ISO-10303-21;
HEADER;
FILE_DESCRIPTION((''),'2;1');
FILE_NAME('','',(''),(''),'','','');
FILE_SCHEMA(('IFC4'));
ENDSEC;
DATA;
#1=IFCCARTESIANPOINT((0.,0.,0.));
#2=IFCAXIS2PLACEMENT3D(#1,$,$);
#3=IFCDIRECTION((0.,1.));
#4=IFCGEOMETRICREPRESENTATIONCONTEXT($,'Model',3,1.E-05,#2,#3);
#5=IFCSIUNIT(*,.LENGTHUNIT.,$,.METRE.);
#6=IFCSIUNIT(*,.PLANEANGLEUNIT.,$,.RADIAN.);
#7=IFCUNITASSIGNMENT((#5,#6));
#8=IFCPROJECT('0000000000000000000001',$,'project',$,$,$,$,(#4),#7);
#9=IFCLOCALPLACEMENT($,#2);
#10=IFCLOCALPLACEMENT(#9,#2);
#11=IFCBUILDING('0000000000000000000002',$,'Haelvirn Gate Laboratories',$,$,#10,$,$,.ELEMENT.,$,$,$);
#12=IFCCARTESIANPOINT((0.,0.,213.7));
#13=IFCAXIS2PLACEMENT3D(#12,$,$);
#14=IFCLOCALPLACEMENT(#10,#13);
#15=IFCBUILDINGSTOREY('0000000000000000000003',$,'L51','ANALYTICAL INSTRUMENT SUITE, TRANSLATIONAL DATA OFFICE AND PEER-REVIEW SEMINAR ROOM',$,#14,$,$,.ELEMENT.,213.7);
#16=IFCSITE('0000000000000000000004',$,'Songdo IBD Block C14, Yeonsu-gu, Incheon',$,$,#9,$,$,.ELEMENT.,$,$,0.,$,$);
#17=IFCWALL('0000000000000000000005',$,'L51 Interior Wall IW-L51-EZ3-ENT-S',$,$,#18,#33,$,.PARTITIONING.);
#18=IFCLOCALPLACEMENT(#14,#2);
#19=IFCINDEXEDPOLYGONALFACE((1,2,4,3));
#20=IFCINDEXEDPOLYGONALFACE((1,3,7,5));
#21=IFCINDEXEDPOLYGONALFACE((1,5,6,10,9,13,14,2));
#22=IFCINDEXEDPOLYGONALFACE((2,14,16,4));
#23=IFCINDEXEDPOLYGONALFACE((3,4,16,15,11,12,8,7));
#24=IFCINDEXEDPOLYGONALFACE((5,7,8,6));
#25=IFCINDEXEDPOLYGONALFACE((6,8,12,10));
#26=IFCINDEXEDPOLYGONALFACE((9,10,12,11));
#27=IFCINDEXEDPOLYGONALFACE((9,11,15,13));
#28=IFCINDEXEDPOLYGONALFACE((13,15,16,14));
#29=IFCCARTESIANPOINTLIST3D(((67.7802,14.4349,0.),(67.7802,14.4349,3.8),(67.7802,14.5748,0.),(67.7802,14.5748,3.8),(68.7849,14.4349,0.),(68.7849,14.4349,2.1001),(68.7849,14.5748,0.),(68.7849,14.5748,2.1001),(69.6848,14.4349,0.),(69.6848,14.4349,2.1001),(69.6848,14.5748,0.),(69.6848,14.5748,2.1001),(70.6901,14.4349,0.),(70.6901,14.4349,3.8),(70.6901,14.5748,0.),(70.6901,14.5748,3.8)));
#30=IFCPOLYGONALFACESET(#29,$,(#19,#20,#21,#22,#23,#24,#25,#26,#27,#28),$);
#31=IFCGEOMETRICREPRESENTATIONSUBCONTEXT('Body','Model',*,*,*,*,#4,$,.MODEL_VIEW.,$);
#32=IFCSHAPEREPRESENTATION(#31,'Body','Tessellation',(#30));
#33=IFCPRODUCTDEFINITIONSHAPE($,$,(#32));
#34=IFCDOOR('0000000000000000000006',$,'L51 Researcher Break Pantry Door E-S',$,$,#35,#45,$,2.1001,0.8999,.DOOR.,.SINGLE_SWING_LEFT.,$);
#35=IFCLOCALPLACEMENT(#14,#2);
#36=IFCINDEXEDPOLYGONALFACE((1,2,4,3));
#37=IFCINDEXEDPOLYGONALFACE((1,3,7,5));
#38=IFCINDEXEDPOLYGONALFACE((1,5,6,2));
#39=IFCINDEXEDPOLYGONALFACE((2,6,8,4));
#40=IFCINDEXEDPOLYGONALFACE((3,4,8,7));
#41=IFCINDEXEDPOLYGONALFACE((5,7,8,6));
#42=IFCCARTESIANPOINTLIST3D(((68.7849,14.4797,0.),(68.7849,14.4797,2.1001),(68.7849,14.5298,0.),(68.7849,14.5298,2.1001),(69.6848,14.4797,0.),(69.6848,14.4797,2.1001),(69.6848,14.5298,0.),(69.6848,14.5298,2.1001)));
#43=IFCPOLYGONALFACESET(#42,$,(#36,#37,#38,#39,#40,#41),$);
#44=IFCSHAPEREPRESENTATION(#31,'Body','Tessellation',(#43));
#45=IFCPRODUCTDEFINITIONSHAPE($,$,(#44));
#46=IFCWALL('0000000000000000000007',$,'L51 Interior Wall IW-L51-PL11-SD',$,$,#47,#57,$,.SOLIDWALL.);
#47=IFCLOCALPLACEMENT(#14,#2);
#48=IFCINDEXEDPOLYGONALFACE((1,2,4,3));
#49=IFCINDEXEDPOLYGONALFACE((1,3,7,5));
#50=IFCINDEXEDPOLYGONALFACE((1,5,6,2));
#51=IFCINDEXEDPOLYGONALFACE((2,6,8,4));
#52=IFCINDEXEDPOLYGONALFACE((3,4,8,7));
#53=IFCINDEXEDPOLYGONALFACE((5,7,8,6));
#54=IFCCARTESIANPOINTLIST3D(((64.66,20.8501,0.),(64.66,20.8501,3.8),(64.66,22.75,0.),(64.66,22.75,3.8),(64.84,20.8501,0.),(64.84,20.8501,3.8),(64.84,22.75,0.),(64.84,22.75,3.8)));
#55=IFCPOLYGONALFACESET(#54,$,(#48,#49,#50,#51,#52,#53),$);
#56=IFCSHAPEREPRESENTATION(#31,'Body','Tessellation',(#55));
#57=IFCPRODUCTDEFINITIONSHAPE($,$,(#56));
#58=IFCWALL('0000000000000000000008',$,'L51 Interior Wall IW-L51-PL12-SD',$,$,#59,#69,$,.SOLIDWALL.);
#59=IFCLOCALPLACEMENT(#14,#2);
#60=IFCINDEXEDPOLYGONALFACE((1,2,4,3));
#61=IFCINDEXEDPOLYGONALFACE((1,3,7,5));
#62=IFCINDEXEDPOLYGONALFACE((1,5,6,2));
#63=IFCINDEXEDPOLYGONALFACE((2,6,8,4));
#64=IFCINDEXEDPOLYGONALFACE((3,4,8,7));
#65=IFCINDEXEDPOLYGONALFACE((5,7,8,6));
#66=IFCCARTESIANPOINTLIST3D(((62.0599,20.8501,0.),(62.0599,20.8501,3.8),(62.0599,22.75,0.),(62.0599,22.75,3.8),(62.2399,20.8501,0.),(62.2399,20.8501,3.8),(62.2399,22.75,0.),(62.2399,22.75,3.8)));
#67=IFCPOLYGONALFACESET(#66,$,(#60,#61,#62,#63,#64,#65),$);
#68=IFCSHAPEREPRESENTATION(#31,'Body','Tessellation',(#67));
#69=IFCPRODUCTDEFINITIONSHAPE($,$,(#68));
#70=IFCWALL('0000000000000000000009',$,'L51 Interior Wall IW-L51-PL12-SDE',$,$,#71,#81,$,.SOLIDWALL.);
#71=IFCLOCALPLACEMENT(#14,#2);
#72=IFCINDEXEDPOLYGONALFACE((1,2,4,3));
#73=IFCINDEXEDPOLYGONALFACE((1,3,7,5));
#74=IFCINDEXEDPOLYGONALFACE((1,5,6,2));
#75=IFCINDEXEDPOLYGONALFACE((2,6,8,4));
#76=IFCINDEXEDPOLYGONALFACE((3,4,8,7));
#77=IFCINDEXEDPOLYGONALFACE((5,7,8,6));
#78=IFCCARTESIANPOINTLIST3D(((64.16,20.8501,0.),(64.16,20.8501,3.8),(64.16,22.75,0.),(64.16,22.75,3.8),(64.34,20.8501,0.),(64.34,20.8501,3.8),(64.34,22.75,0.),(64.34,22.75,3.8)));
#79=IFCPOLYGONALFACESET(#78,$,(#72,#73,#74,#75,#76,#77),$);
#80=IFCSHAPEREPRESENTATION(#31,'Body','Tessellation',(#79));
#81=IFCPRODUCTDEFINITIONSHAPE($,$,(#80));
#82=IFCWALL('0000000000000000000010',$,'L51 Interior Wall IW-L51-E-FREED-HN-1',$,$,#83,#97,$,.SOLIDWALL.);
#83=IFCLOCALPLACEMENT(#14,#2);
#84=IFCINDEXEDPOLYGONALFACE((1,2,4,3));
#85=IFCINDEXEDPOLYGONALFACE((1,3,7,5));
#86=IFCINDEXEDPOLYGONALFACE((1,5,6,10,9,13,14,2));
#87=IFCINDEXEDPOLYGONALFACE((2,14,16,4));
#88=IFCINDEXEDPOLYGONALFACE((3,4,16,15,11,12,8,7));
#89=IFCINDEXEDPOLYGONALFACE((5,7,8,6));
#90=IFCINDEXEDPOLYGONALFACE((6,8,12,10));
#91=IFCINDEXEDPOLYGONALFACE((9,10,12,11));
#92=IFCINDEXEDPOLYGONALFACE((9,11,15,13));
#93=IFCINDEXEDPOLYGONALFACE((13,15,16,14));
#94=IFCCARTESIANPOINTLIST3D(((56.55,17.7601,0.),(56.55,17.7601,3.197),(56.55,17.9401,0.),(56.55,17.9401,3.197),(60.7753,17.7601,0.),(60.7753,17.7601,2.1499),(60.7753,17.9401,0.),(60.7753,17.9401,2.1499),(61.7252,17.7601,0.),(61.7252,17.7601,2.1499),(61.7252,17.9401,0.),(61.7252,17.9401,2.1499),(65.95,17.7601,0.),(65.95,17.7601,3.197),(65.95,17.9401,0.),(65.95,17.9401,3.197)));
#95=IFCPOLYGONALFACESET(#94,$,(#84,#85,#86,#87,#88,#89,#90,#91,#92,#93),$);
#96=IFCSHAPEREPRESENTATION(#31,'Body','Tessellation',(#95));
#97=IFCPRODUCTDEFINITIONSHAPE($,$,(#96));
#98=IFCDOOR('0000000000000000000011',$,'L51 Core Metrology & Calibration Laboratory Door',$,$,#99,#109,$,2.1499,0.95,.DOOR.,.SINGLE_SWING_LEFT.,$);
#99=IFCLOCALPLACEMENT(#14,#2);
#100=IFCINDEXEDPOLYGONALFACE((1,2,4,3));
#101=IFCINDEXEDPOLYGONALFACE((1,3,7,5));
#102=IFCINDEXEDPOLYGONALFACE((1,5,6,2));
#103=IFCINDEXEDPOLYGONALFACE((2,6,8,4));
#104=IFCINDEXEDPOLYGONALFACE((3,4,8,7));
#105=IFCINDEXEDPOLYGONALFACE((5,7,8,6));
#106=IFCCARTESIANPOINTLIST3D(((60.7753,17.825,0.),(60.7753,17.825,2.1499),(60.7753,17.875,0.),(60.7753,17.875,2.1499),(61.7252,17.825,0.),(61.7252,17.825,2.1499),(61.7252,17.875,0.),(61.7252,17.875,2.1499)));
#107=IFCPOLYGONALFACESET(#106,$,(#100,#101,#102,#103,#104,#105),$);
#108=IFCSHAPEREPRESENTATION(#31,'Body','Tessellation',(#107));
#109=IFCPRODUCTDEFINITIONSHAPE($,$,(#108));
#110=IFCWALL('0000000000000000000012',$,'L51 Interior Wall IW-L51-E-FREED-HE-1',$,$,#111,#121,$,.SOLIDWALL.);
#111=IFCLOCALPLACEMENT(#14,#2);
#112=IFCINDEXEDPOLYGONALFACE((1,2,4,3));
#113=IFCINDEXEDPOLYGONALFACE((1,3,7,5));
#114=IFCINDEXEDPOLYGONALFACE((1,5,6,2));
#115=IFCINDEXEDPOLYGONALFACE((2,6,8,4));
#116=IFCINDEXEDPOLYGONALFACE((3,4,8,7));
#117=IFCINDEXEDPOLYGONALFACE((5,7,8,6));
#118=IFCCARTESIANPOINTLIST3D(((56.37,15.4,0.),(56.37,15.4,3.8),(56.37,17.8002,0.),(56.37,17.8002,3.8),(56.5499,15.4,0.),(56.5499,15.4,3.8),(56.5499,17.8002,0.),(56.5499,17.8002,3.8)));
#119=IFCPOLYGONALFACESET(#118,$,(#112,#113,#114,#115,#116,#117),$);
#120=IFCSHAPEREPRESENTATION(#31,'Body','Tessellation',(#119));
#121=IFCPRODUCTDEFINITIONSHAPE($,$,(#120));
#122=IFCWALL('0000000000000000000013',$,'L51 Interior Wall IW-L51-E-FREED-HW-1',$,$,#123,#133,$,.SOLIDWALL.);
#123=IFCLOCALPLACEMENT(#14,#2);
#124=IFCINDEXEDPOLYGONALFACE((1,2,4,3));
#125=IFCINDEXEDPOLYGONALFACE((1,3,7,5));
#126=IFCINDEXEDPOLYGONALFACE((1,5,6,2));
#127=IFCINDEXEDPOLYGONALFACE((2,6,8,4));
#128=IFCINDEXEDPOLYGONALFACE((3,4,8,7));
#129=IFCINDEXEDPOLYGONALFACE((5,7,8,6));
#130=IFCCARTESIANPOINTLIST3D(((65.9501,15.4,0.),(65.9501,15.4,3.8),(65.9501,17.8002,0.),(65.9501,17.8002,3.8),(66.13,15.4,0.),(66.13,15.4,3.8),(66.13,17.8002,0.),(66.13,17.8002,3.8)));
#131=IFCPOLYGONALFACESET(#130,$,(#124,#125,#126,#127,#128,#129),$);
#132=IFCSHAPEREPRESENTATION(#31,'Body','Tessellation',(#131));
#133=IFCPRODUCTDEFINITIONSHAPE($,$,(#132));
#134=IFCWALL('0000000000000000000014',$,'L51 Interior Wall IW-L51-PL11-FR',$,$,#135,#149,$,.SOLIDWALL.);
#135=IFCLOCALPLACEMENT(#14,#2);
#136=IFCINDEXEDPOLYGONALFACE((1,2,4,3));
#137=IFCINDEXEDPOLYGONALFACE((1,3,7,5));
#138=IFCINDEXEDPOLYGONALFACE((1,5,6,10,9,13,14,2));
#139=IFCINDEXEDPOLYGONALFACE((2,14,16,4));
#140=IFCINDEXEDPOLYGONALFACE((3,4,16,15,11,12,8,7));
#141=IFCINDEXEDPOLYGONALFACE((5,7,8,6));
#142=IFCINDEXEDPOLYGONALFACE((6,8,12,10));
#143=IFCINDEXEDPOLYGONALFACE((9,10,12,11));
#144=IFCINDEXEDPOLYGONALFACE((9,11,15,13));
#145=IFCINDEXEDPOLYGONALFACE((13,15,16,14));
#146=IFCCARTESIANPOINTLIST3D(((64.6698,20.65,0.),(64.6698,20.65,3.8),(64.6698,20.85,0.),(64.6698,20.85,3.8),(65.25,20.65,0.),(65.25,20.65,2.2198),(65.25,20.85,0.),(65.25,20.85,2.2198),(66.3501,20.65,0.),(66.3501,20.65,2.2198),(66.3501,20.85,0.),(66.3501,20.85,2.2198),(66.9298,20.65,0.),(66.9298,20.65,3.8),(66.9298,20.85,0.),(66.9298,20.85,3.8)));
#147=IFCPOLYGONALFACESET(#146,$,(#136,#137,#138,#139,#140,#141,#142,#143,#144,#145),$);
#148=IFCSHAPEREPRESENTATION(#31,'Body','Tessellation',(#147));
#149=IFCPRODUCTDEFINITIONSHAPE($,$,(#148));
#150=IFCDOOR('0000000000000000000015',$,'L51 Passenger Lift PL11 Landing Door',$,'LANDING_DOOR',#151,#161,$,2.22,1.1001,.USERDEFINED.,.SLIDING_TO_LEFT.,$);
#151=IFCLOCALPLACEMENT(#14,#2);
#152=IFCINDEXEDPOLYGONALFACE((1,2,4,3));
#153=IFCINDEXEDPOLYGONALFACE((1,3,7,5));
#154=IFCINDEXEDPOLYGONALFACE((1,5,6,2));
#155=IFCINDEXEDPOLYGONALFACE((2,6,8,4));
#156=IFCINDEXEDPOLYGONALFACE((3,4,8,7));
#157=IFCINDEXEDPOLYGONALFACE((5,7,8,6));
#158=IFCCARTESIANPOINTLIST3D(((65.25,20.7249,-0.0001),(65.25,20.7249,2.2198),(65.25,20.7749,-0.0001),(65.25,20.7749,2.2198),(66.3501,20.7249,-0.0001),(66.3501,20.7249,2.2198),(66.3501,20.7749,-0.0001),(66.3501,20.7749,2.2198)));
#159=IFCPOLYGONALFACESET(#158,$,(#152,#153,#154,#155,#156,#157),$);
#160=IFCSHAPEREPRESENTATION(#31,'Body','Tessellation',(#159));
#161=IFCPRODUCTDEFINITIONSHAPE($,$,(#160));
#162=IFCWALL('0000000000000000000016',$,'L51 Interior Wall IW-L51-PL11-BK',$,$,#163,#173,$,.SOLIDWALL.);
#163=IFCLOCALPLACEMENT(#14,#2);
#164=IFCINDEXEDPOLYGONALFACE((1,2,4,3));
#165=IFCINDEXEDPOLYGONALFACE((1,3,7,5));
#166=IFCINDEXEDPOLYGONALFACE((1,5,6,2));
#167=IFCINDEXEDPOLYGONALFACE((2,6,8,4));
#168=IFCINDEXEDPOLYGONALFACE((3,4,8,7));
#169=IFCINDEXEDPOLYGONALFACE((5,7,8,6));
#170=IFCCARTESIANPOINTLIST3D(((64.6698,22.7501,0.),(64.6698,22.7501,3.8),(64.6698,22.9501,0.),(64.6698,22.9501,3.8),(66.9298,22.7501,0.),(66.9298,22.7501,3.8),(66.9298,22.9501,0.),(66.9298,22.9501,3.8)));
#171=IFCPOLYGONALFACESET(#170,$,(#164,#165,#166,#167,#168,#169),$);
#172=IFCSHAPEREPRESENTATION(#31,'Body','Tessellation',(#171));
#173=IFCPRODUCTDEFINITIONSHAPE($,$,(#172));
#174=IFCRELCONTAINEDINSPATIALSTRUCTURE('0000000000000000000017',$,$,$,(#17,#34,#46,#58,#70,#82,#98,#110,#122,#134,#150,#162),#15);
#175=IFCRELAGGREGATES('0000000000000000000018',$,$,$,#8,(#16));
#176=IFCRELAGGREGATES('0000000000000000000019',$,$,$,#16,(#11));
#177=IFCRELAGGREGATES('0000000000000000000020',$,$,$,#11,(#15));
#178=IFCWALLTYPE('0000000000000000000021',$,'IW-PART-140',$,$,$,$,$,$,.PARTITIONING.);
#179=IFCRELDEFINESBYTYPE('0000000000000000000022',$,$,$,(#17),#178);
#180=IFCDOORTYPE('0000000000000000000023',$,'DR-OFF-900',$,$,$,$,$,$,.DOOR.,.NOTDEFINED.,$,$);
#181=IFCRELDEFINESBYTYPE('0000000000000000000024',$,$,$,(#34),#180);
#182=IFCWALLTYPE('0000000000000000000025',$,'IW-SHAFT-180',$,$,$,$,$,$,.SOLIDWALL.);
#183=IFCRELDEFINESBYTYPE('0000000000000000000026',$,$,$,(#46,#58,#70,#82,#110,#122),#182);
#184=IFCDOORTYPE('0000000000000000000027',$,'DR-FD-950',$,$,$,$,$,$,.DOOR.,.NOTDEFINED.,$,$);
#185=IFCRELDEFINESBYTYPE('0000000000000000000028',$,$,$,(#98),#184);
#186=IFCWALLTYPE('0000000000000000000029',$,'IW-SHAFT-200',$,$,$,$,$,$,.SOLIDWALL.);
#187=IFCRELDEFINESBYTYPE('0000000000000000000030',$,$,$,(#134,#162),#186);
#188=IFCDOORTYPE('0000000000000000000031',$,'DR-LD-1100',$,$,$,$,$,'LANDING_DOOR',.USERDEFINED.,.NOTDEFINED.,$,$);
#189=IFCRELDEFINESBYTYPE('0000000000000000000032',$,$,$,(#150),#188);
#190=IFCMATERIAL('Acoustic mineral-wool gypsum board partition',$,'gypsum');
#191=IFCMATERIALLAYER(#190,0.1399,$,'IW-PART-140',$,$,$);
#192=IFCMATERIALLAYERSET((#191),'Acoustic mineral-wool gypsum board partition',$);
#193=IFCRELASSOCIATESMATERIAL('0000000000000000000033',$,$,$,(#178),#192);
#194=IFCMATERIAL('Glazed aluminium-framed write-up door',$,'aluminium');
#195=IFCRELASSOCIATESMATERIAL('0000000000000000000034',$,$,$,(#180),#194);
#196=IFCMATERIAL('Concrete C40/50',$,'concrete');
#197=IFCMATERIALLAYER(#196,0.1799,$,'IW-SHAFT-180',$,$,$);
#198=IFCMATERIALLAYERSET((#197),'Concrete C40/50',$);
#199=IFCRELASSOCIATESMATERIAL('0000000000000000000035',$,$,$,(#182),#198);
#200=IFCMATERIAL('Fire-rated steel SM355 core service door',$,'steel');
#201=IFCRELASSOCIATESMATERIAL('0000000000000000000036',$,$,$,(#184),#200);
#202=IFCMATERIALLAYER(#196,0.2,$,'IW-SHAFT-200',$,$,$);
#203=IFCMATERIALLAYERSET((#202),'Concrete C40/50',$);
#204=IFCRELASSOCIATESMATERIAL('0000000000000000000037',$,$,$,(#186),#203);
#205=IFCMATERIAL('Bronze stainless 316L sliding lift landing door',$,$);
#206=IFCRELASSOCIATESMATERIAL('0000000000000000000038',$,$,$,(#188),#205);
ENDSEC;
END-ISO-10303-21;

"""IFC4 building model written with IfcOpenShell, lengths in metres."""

from ifc_helpers import new_model, si_unit, direction, frame, frame_2d, origin, place, context, subcontext, project, spatial, rectangle, extrude, source, transform, mapped, material, layer, layer_set, type_object, type_shapes, element, fill, save


model = new_model("IFC4")

# Units and contexts
model_context = context("Model", 3, precision=1e-05, world=origin(), true_north=direction((0.0, 1.0)))
body_context = subcontext(model_context, "Body", "Model", "MODEL_VIEW")
ifc_project = project(units=[si_unit("LENGTHUNIT", "METRE"), si_unit("PLANEANGLEUNIT", "RADIAN")], contexts=[model_context])

# Site, building, storey
site_placement = place(None, origin())
site = spatial("IfcSite", under=ifc_project, at=site_placement, Name="Songdo IBD Block C14, Yeonsu-gu, Incheon", CompositionType="ELEMENT", RefElevation=0.0)
building_placement = place(site_placement, origin())
building = spatial("IfcBuilding", under=site, at=building_placement, Name="Haelvirn Gate Laboratories", CompositionType="ELEMENT")
storey_placement = place(building_placement, frame((0.0, 0.0, 213.7)))
storey = spatial("IfcBuildingStorey", under=building, at=storey_placement, Name="L51", Description="ANALYTICAL INSTRUMENT SUITE, TRANSLATIONAL DATA OFFICE AND PEER-REVIEW SEMINAR ROOM", CompositionType="ELEMENT", Elevation=213.7)

# Shared definitions
ifc_material_1 = material(Name="Acoustic mineral-wool gypsum board partition", Category="gypsum")
ifc_layer_1 = layer(ifc_material_1, 0.1399, Name="IW-PART-140")
ifc_layer_set_1 = layer_set([ifc_layer_1], Name="Acoustic mineral-wool gypsum board partition")
wall_type_1 = type_object("IfcWallType", Name="IW-PART-140", PredefinedType="PARTITIONING", material=ifc_layer_set_1)

# Wall, opening, door
wall_1_placement = place(storey_placement, frame((67.78, 14.5049, 0.0), z_axis=(0.0, 0.0, 1.0), x_axis=(1.0, 0.0, 0.0)))
wall_1 = element("IfcWall", 1, at=wall_1_placement, inside=storey, type_object=wall_type_1, Name="L51 Interior Wall IW-L51-EZ3-ENT-S", PredefinedType="PARTITIONING", context=body_context, shape_type="SweptSolid", body=[
    extrude(rectangle(XDim=2.9099, YDim=0.1399, at=frame_2d((1.4551, 0.0))), origin(), (0.0, 0.0, 1.0), 3.8),
])
opening_1_placement = place(wall_1_placement, frame((1.0049, 0.0, 0.0)))
opening_1 = element("IfcOpeningElement", 2, at=opening_1_placement, cuts=wall_1, PredefinedType="OPENING", context=body_context, shape_type="SweptSolid", body=[
    extrude(rectangle(XDim=0.8999, YDim=2.1001, at=frame_2d((0.45, 1.05))), frame((0.0, 0.0801, 0.0), z_axis=(0.0, -1.0, 0.0), x_axis=(1.0, 0.0, 0.0)), (0.0, 0.0, 1.0), 0.1599),
])
ifc_material_2 = material(Name="Glazed aluminium-framed write-up door", Category="aluminium")
door_type_1 = type_object("IfcDoorType", Name="DR-OFF-900", OperationType="NOTDEFINED", PredefinedType="DOOR", material=ifc_material_2)
shared_shape_1 = source(origin(), body_context, "Body", "SweptSolid", [
    extrude(rectangle(XDim=0.8999, YDim=2.1001, at=frame_2d((0.45, 1.05))), frame((0.0, 0.0249, 0.0), z_axis=(0.0, -1.0, 0.0), x_axis=(1.0, 0.0, 0.0)), (0.0, 0.0, 1.0), 0.05),
])
type_shapes(door_type_1, [shared_shape_1])
door_1_placement = place(opening_1_placement, origin())
door_1 = element("IfcDoor", 3, at=door_1_placement, inside=storey, type_object=door_type_1, Name="L51 Researcher Break Pantry Door E-S", OperationType="SINGLE_SWING_LEFT", OverallHeight=2.1001, OverallWidth=0.8999, PredefinedType="DOOR", context=body_context, shape_type="MappedRepresentation", body=[
    mapped(shared_shape_1, transform((0.0, 0.0, 0.0), scale=1.0)),
])
fill(opening_1, door_1)

# Walls
ifc_material_3 = material(Name="Concrete C40/50", Category="concrete")
ifc_layer_2 = layer(ifc_material_3, 0.1799, Name="IW-SHAFT-180")
ifc_layer_set_2 = layer_set([ifc_layer_2], Name="Concrete C40/50")
wall_type_2 = type_object("IfcWallType", Name="IW-SHAFT-180", PredefinedType="SOLIDWALL", material=ifc_layer_set_2)
for number, where, z_axis, x_axis, name in (
    (4, (64.75, 20.8501, 0.0), (0.0, 0.0, 1.0), (0.0, 1.0, 0.0), "L51 Interior Wall IW-L51-PL11-SD"),
    (5, (62.1499, 20.8501, 0.0), (0.0, 0.0, 1.0), (0.0, 1.0, 0.0), "L51 Interior Wall IW-L51-PL12-SD"),
    (6, (64.25, 20.8501, 0.0), (0.0, 0.0, 1.0), (0.0, 1.0, 0.0), "L51 Interior Wall IW-L51-PL12-SDE"),
):
    element("IfcWall", number, at=place(storey_placement, frame(where, z_axis=z_axis, x_axis=x_axis)), inside=storey, type_object=wall_type_2, Name=name, PredefinedType="SOLIDWALL", context=body_context, shape_type="SweptSolid", body=[
        extrude(rectangle(XDim=1.8999, YDim=0.1799, at=frame_2d((0.95, 0.0))), origin(), (0.0, 0.0, 1.0), 3.8),
    ])

# Wall, opening, door
wall_2_placement = place(storey_placement, frame((56.55, 17.8501, 0.0), z_axis=(0.0, 0.0, 1.0), x_axis=(1.0, 0.0, 0.0)))
wall_2 = element("IfcWall", 7, at=wall_2_placement, inside=storey, type_object=wall_type_2, Name="L51 Interior Wall IW-L51-E-FREED-HN-1", PredefinedType="SOLIDWALL", context=body_context, shape_type="SweptSolid", body=[
    extrude(rectangle(XDim=9.3999, YDim=0.1799, at=frame_2d((4.7, 0.0))), origin(), (0.0, 0.0, 1.0), 3.197),
])
opening_2_placement = place(wall_2_placement, frame((4.2251, 0.0, 0.0)))
opening_2 = element("IfcOpeningElement", 8, at=opening_2_placement, cuts=wall_2, PredefinedType="OPENING", context=body_context, shape_type="SweptSolid", body=[
    extrude(rectangle(XDim=0.95, YDim=2.1499, at=frame_2d((0.4751, 1.075))), frame((0.0, 0.1001, 0.0), z_axis=(0.0, -1.0, 0.0), x_axis=(1.0, 0.0, 0.0)), (0.0, 0.0, 1.0), 0.2),
])
ifc_material_4 = material(Name="Fire-rated steel SM355 core service door", Category="steel")
door_type_2 = type_object("IfcDoorType", Name="DR-FD-950", OperationType="NOTDEFINED", PredefinedType="DOOR", material=ifc_material_4)
shared_shape_2 = source(origin(), body_context, "Body", "SweptSolid", [
    extrude(rectangle(XDim=0.95, YDim=2.1499, at=frame_2d((0.4751, 1.075))), frame((0.0, 0.0249, 0.0), z_axis=(0.0, -1.0, 0.0), x_axis=(1.0, 0.0, 0.0)), (0.0, 0.0, 1.0), 0.05),
])
type_shapes(door_type_2, [shared_shape_2])
door_2_placement = place(opening_2_placement, origin())
door_2 = element("IfcDoor", 9, at=door_2_placement, inside=storey, type_object=door_type_2, Name="L51 Core Metrology & Calibration Laboratory Door", OperationType="SINGLE_SWING_LEFT", OverallHeight=2.1499, OverallWidth=0.95, PredefinedType="DOOR", context=body_context, shape_type="MappedRepresentation", body=[
    mapped(shared_shape_2, transform((0.0, 0.0, 0.0), scale=1.0)),
])
fill(opening_2, door_2)

# Walls
for number, where, z_axis, x_axis, name in (
    (10, (56.46, 15.3999, 0.0), (0.0, 0.0, 1.0), (0.0, 1.0, 0.0), "L51 Interior Wall IW-L51-E-FREED-HE-1"),
    (11, (66.04, 15.3999, 0.0), (0.0, 0.0, 1.0), (0.0, 1.0, 0.0), "L51 Interior Wall IW-L51-E-FREED-HW-1"),
):
    element("IfcWall", number, at=place(storey_placement, frame(where, z_axis=z_axis, x_axis=x_axis)), inside=storey, type_object=wall_type_2, Name=name, PredefinedType="SOLIDWALL", context=body_context, shape_type="SweptSolid", body=[
        extrude(rectangle(XDim=2.4001, YDim=0.1799, at=frame_2d((1.2002, 0.0))), origin(), (0.0, 0.0, 1.0), 3.8),
    ])

# Wall, opening, door
ifc_layer_3 = layer(ifc_material_3, 0.2, Name="IW-SHAFT-200")
ifc_layer_set_3 = layer_set([ifc_layer_3], Name="Concrete C40/50")
wall_type_3 = type_object("IfcWallType", Name="IW-SHAFT-200", PredefinedType="SOLIDWALL", material=ifc_layer_set_3)
wall_3_placement = place(storey_placement, frame((64.6699, 20.75, 0.0), z_axis=(0.0, 0.0, 1.0), x_axis=(1.0, 0.0, 0.0)))
wall_3 = element("IfcWall", 12, at=wall_3_placement, inside=storey, type_object=wall_type_3, Name="L51 Interior Wall IW-L51-PL11-FR", PredefinedType="SOLIDWALL", context=body_context, shape_type="SweptSolid", body=[
    extrude(rectangle(XDim=2.26, YDim=0.2, at=frame_2d((1.1299, 0.0))), origin(), (0.0, 0.0, 1.0), 3.8),
])
opening_3_placement = place(wall_3_placement, frame((0.5801, 0.0, 0.0)))
opening_3 = element("IfcOpeningElement", 13, at=opening_3_placement, cuts=wall_3, PredefinedType="OPENING", context=body_context, shape_type="SweptSolid", body=[
    extrude(rectangle(XDim=1.1001, YDim=2.22, at=frame_2d((0.55, 1.1099))), frame((0.0, 0.1099, 0.0), z_axis=(0.0, -1.0, 0.0), x_axis=(1.0, 0.0, 0.0)), (0.0, 0.0, 1.0), 0.22),
])
ifc_material_5 = material(Name="Bronze stainless 316L sliding lift landing door")
door_type_3 = type_object("IfcDoorType", Name="DR-LD-1100", ElementType="LANDING_DOOR", OperationType="NOTDEFINED", PredefinedType="USERDEFINED", material=ifc_material_5)
shared_shape_3 = source(origin(), body_context, "Body", "SweptSolid", [
    extrude(rectangle(XDim=1.1001, YDim=2.22, at=frame_2d((0.55, 1.1099))), frame((0.0, 0.0249, 0.0), z_axis=(0.0, -1.0, 0.0), x_axis=(1.0, 0.0, 0.0)), (0.0, 0.0, 1.0), 0.05),
])
type_shapes(door_type_3, [shared_shape_3])
door_3_placement = place(opening_3_placement, origin())
door_3 = element("IfcDoor", 14, at=door_3_placement, inside=storey, type_object=door_type_3, Name="L51 Passenger Lift PL11 Landing Door", ObjectType="LANDING_DOOR", OperationType="SLIDING_TO_LEFT", OverallHeight=2.22, OverallWidth=1.1001, PredefinedType="USERDEFINED", context=body_context, shape_type="MappedRepresentation", body=[
    mapped(shared_shape_3, transform((0.0, 0.0, 0.0), scale=1.0)),
])
fill(opening_3, door_3)

# Wall
wall_4_placement = place(storey_placement, frame((64.6699, 22.8501, 0.0), z_axis=(0.0, 0.0, 1.0), x_axis=(1.0, 0.0, 0.0)))
element("IfcWall", 15, at=wall_4_placement, inside=storey, type_object=wall_type_3, Name="L51 Interior Wall IW-L51-PL11-BK", PredefinedType="SOLIDWALL", context=body_context, shape_type="SweptSolid", body=[
    extrude(rectangle(XDim=2.26, YDim=0.2, at=frame_2d((1.1299, 0.0))), origin(), (0.0, 0.0, 1.0), 3.8),
])

save(model, "model.ifc")
